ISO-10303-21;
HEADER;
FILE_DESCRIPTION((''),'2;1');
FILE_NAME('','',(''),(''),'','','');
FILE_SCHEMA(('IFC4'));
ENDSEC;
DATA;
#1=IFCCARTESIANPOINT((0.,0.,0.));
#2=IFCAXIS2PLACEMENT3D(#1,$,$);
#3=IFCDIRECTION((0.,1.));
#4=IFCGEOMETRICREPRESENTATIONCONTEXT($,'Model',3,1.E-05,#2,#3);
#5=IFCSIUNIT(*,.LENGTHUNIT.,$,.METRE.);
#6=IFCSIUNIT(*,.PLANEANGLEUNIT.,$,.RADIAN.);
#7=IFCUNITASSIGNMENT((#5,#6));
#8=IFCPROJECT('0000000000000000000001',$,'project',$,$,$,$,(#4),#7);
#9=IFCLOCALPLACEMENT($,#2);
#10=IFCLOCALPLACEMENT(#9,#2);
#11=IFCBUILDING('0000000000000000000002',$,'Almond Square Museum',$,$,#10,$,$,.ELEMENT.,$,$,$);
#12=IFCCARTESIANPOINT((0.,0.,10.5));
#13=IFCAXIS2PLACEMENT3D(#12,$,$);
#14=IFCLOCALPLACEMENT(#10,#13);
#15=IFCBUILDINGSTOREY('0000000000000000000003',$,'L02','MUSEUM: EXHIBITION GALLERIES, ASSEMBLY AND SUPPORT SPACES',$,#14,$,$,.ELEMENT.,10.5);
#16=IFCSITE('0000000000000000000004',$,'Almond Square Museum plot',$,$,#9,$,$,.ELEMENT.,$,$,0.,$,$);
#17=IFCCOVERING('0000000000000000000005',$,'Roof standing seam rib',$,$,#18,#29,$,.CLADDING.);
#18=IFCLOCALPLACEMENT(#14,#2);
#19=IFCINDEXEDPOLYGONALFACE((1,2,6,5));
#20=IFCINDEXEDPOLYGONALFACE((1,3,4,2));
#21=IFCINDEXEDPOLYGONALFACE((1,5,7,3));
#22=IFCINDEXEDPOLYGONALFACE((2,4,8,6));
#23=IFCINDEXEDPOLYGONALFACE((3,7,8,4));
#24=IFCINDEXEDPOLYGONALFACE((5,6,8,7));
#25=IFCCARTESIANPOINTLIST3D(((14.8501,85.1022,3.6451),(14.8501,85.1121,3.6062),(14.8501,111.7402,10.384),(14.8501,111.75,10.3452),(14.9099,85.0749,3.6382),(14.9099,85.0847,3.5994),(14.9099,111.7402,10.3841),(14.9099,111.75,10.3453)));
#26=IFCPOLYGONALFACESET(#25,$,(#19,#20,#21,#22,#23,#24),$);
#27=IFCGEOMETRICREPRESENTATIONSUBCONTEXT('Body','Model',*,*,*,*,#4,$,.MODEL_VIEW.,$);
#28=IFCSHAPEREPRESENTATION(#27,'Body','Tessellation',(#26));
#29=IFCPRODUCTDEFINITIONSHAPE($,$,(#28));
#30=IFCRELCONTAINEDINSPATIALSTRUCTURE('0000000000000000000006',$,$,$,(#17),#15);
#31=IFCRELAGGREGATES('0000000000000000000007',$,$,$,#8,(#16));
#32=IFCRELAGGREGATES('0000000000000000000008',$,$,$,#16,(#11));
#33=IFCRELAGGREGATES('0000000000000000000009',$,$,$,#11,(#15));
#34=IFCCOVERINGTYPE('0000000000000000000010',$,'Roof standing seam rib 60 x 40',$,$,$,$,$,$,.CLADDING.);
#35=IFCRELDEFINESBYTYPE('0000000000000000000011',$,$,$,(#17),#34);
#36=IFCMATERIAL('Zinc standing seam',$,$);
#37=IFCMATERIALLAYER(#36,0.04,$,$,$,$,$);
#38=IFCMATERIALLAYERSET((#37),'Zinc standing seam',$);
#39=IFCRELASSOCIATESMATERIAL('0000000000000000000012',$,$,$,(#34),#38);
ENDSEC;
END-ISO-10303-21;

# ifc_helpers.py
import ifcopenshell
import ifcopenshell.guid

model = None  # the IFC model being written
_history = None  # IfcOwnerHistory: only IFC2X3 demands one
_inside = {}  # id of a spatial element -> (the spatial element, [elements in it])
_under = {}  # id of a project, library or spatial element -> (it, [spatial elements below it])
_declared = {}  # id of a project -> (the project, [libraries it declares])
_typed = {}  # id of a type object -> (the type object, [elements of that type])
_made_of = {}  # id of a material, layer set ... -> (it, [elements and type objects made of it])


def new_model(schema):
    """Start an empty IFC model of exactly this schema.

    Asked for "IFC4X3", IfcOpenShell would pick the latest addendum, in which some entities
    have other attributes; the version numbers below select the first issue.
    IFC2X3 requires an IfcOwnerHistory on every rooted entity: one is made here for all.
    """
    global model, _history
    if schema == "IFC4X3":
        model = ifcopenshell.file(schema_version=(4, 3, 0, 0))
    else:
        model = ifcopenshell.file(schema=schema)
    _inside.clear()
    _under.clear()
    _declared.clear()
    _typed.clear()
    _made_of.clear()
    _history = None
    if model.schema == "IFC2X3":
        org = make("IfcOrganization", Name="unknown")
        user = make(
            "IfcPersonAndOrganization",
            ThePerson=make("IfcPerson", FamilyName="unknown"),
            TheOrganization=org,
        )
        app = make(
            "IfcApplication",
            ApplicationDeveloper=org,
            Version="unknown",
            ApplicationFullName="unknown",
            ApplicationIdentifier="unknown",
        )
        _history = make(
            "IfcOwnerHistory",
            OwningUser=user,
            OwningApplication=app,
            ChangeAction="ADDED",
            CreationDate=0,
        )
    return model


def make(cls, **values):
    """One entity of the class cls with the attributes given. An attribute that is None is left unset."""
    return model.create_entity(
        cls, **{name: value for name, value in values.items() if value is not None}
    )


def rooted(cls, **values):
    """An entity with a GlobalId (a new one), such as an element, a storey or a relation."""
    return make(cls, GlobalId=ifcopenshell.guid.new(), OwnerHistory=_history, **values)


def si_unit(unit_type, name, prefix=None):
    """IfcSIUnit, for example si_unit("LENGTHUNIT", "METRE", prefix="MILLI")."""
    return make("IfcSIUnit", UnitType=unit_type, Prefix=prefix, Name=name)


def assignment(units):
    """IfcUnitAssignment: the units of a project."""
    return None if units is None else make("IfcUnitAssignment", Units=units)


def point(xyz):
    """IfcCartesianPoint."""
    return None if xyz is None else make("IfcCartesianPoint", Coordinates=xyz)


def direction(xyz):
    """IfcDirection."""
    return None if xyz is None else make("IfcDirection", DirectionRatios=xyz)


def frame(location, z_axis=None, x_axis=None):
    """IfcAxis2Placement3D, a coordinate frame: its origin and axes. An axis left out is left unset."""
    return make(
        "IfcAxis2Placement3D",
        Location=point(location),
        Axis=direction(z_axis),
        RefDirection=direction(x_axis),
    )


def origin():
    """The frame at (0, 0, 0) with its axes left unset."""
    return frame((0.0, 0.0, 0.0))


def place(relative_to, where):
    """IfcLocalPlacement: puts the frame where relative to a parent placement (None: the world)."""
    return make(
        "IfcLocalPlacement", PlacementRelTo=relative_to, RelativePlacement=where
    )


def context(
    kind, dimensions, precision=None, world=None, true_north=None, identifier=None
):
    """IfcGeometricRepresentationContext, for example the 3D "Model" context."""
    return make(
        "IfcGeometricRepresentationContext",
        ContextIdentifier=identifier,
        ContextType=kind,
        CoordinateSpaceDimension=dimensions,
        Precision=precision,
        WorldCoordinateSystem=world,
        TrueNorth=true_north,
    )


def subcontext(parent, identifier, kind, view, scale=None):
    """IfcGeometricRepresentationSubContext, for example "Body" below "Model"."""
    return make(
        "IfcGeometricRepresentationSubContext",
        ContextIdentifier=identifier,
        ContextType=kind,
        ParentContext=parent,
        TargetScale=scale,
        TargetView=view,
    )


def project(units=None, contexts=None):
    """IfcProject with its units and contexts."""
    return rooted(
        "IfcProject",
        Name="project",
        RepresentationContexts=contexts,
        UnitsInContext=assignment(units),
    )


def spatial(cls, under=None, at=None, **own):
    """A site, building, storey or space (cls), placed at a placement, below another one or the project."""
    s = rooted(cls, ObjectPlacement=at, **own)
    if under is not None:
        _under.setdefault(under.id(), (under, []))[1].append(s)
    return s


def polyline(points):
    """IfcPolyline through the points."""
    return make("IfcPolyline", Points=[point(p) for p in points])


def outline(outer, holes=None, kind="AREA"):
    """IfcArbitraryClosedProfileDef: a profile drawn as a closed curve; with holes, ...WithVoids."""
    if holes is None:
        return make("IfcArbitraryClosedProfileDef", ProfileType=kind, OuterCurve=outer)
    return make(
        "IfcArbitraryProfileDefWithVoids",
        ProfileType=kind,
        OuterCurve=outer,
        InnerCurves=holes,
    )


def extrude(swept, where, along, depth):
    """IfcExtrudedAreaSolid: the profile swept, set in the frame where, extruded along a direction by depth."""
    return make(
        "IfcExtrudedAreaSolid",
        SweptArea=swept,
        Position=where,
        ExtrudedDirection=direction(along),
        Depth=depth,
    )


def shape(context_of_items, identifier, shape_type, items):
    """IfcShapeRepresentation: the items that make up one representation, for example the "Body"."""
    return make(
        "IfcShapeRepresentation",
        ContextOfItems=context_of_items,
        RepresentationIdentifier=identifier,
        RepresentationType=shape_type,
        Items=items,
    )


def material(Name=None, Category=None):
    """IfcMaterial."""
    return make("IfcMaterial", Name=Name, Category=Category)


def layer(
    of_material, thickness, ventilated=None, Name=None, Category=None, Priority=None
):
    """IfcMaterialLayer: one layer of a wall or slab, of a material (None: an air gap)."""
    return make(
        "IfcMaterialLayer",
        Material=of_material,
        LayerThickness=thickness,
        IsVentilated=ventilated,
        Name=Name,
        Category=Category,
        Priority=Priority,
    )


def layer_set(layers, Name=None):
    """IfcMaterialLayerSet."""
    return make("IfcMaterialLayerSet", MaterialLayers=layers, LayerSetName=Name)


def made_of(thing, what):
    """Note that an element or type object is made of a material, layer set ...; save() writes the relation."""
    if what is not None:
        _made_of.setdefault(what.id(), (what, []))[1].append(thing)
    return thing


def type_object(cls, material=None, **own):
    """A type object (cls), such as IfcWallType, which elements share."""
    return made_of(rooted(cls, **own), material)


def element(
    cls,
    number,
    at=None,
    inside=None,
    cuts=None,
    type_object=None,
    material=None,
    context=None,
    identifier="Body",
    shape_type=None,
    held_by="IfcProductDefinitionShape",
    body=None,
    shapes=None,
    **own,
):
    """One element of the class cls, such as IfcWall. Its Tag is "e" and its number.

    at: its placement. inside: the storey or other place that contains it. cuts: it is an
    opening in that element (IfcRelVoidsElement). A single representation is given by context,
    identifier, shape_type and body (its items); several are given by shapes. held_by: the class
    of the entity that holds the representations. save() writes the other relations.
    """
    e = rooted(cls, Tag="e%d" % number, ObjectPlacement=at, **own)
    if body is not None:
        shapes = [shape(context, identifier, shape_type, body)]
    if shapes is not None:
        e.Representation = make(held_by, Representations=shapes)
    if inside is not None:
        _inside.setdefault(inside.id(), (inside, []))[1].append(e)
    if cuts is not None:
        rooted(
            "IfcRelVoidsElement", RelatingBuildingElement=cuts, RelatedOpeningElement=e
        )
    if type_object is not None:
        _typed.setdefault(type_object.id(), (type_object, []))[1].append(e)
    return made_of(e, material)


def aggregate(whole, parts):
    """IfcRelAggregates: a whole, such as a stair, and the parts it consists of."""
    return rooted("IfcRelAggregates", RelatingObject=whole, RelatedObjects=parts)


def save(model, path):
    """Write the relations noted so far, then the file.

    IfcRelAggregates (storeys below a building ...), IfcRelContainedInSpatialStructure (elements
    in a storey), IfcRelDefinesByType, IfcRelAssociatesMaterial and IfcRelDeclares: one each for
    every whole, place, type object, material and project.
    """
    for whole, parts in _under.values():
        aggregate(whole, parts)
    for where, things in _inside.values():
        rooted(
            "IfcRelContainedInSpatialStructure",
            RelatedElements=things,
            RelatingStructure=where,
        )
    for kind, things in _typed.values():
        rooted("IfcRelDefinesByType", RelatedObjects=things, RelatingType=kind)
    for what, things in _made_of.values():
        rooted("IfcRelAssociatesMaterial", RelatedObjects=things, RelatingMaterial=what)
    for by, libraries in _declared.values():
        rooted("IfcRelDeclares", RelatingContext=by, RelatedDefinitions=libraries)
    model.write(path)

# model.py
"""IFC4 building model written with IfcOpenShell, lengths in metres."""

from ifc_helpers import new_model, si_unit, direction, frame, origin, place, context, subcontext, project, spatial, polyline, outline, extrude, material, layer, layer_set, type_object, element, save


model = new_model("IFC4")

# Units and contexts
model_context = context("Model", 3, precision=1e-05, world=origin(), true_north=direction((0.0, 1.0)))
body_context = subcontext(model_context, "Body", "Model", "MODEL_VIEW")
ifc_project = project(units=[si_unit("LENGTHUNIT", "METRE"), si_unit("PLANEANGLEUNIT", "RADIAN")], contexts=[model_context])

# Site, building, storey
site_placement = place(None, origin())
site = spatial("IfcSite", under=ifc_project, at=site_placement, Name="Almond Square Museum plot", CompositionType="ELEMENT", RefElevation=0.0)
building_placement = place(site_placement, origin())
building = spatial("IfcBuilding", under=site, at=building_placement, Name="Almond Square Museum", CompositionType="ELEMENT")
storey_placement = place(building_placement, frame((0.0, 0.0, 10.5)))
storey = spatial("IfcBuildingStorey", under=building, at=storey_placement, Name="L02", Description="MUSEUM: EXHIBITION GALLERIES, ASSEMBLY AND SUPPORT SPACES", CompositionType="ELEMENT", Elevation=10.5)

# Covering
ifc_material_1 = material(Name="Zinc standing seam")
ifc_layer = layer(ifc_material_1, 0.04)
ifc_layer_set = layer_set([ifc_layer], Name="Zinc standing seam")
covering_type = type_object("IfcCoveringType", Name="Roof standing seam rib 60 x 40", PredefinedType="CLADDING", material=ifc_layer_set)
covering_placement = place(storey_placement, frame((14.9099, 85.0847, 3.5994), z_axis=(-0.000661, -0.245257, 0.969458), x_axis=(0.0, 0.969458, 0.245257)))
element("IfcCovering", 1, at=covering_placement, inside=storey, type_object=covering_type, Name="Roof standing seam rib", PredefinedType="CLADDING", context=body_context, shape_type="SweptSolid", body=[
    extrude(outline(polyline([(0.0, 0.0), (27.5053, 0.0), (27.5053, 0.0598), (0.0282, 0.0598), (0.0, 0.0)])), origin(), (0.0, 0.0, 1.0), 0.04),
])

save(model, "model.ifc")
